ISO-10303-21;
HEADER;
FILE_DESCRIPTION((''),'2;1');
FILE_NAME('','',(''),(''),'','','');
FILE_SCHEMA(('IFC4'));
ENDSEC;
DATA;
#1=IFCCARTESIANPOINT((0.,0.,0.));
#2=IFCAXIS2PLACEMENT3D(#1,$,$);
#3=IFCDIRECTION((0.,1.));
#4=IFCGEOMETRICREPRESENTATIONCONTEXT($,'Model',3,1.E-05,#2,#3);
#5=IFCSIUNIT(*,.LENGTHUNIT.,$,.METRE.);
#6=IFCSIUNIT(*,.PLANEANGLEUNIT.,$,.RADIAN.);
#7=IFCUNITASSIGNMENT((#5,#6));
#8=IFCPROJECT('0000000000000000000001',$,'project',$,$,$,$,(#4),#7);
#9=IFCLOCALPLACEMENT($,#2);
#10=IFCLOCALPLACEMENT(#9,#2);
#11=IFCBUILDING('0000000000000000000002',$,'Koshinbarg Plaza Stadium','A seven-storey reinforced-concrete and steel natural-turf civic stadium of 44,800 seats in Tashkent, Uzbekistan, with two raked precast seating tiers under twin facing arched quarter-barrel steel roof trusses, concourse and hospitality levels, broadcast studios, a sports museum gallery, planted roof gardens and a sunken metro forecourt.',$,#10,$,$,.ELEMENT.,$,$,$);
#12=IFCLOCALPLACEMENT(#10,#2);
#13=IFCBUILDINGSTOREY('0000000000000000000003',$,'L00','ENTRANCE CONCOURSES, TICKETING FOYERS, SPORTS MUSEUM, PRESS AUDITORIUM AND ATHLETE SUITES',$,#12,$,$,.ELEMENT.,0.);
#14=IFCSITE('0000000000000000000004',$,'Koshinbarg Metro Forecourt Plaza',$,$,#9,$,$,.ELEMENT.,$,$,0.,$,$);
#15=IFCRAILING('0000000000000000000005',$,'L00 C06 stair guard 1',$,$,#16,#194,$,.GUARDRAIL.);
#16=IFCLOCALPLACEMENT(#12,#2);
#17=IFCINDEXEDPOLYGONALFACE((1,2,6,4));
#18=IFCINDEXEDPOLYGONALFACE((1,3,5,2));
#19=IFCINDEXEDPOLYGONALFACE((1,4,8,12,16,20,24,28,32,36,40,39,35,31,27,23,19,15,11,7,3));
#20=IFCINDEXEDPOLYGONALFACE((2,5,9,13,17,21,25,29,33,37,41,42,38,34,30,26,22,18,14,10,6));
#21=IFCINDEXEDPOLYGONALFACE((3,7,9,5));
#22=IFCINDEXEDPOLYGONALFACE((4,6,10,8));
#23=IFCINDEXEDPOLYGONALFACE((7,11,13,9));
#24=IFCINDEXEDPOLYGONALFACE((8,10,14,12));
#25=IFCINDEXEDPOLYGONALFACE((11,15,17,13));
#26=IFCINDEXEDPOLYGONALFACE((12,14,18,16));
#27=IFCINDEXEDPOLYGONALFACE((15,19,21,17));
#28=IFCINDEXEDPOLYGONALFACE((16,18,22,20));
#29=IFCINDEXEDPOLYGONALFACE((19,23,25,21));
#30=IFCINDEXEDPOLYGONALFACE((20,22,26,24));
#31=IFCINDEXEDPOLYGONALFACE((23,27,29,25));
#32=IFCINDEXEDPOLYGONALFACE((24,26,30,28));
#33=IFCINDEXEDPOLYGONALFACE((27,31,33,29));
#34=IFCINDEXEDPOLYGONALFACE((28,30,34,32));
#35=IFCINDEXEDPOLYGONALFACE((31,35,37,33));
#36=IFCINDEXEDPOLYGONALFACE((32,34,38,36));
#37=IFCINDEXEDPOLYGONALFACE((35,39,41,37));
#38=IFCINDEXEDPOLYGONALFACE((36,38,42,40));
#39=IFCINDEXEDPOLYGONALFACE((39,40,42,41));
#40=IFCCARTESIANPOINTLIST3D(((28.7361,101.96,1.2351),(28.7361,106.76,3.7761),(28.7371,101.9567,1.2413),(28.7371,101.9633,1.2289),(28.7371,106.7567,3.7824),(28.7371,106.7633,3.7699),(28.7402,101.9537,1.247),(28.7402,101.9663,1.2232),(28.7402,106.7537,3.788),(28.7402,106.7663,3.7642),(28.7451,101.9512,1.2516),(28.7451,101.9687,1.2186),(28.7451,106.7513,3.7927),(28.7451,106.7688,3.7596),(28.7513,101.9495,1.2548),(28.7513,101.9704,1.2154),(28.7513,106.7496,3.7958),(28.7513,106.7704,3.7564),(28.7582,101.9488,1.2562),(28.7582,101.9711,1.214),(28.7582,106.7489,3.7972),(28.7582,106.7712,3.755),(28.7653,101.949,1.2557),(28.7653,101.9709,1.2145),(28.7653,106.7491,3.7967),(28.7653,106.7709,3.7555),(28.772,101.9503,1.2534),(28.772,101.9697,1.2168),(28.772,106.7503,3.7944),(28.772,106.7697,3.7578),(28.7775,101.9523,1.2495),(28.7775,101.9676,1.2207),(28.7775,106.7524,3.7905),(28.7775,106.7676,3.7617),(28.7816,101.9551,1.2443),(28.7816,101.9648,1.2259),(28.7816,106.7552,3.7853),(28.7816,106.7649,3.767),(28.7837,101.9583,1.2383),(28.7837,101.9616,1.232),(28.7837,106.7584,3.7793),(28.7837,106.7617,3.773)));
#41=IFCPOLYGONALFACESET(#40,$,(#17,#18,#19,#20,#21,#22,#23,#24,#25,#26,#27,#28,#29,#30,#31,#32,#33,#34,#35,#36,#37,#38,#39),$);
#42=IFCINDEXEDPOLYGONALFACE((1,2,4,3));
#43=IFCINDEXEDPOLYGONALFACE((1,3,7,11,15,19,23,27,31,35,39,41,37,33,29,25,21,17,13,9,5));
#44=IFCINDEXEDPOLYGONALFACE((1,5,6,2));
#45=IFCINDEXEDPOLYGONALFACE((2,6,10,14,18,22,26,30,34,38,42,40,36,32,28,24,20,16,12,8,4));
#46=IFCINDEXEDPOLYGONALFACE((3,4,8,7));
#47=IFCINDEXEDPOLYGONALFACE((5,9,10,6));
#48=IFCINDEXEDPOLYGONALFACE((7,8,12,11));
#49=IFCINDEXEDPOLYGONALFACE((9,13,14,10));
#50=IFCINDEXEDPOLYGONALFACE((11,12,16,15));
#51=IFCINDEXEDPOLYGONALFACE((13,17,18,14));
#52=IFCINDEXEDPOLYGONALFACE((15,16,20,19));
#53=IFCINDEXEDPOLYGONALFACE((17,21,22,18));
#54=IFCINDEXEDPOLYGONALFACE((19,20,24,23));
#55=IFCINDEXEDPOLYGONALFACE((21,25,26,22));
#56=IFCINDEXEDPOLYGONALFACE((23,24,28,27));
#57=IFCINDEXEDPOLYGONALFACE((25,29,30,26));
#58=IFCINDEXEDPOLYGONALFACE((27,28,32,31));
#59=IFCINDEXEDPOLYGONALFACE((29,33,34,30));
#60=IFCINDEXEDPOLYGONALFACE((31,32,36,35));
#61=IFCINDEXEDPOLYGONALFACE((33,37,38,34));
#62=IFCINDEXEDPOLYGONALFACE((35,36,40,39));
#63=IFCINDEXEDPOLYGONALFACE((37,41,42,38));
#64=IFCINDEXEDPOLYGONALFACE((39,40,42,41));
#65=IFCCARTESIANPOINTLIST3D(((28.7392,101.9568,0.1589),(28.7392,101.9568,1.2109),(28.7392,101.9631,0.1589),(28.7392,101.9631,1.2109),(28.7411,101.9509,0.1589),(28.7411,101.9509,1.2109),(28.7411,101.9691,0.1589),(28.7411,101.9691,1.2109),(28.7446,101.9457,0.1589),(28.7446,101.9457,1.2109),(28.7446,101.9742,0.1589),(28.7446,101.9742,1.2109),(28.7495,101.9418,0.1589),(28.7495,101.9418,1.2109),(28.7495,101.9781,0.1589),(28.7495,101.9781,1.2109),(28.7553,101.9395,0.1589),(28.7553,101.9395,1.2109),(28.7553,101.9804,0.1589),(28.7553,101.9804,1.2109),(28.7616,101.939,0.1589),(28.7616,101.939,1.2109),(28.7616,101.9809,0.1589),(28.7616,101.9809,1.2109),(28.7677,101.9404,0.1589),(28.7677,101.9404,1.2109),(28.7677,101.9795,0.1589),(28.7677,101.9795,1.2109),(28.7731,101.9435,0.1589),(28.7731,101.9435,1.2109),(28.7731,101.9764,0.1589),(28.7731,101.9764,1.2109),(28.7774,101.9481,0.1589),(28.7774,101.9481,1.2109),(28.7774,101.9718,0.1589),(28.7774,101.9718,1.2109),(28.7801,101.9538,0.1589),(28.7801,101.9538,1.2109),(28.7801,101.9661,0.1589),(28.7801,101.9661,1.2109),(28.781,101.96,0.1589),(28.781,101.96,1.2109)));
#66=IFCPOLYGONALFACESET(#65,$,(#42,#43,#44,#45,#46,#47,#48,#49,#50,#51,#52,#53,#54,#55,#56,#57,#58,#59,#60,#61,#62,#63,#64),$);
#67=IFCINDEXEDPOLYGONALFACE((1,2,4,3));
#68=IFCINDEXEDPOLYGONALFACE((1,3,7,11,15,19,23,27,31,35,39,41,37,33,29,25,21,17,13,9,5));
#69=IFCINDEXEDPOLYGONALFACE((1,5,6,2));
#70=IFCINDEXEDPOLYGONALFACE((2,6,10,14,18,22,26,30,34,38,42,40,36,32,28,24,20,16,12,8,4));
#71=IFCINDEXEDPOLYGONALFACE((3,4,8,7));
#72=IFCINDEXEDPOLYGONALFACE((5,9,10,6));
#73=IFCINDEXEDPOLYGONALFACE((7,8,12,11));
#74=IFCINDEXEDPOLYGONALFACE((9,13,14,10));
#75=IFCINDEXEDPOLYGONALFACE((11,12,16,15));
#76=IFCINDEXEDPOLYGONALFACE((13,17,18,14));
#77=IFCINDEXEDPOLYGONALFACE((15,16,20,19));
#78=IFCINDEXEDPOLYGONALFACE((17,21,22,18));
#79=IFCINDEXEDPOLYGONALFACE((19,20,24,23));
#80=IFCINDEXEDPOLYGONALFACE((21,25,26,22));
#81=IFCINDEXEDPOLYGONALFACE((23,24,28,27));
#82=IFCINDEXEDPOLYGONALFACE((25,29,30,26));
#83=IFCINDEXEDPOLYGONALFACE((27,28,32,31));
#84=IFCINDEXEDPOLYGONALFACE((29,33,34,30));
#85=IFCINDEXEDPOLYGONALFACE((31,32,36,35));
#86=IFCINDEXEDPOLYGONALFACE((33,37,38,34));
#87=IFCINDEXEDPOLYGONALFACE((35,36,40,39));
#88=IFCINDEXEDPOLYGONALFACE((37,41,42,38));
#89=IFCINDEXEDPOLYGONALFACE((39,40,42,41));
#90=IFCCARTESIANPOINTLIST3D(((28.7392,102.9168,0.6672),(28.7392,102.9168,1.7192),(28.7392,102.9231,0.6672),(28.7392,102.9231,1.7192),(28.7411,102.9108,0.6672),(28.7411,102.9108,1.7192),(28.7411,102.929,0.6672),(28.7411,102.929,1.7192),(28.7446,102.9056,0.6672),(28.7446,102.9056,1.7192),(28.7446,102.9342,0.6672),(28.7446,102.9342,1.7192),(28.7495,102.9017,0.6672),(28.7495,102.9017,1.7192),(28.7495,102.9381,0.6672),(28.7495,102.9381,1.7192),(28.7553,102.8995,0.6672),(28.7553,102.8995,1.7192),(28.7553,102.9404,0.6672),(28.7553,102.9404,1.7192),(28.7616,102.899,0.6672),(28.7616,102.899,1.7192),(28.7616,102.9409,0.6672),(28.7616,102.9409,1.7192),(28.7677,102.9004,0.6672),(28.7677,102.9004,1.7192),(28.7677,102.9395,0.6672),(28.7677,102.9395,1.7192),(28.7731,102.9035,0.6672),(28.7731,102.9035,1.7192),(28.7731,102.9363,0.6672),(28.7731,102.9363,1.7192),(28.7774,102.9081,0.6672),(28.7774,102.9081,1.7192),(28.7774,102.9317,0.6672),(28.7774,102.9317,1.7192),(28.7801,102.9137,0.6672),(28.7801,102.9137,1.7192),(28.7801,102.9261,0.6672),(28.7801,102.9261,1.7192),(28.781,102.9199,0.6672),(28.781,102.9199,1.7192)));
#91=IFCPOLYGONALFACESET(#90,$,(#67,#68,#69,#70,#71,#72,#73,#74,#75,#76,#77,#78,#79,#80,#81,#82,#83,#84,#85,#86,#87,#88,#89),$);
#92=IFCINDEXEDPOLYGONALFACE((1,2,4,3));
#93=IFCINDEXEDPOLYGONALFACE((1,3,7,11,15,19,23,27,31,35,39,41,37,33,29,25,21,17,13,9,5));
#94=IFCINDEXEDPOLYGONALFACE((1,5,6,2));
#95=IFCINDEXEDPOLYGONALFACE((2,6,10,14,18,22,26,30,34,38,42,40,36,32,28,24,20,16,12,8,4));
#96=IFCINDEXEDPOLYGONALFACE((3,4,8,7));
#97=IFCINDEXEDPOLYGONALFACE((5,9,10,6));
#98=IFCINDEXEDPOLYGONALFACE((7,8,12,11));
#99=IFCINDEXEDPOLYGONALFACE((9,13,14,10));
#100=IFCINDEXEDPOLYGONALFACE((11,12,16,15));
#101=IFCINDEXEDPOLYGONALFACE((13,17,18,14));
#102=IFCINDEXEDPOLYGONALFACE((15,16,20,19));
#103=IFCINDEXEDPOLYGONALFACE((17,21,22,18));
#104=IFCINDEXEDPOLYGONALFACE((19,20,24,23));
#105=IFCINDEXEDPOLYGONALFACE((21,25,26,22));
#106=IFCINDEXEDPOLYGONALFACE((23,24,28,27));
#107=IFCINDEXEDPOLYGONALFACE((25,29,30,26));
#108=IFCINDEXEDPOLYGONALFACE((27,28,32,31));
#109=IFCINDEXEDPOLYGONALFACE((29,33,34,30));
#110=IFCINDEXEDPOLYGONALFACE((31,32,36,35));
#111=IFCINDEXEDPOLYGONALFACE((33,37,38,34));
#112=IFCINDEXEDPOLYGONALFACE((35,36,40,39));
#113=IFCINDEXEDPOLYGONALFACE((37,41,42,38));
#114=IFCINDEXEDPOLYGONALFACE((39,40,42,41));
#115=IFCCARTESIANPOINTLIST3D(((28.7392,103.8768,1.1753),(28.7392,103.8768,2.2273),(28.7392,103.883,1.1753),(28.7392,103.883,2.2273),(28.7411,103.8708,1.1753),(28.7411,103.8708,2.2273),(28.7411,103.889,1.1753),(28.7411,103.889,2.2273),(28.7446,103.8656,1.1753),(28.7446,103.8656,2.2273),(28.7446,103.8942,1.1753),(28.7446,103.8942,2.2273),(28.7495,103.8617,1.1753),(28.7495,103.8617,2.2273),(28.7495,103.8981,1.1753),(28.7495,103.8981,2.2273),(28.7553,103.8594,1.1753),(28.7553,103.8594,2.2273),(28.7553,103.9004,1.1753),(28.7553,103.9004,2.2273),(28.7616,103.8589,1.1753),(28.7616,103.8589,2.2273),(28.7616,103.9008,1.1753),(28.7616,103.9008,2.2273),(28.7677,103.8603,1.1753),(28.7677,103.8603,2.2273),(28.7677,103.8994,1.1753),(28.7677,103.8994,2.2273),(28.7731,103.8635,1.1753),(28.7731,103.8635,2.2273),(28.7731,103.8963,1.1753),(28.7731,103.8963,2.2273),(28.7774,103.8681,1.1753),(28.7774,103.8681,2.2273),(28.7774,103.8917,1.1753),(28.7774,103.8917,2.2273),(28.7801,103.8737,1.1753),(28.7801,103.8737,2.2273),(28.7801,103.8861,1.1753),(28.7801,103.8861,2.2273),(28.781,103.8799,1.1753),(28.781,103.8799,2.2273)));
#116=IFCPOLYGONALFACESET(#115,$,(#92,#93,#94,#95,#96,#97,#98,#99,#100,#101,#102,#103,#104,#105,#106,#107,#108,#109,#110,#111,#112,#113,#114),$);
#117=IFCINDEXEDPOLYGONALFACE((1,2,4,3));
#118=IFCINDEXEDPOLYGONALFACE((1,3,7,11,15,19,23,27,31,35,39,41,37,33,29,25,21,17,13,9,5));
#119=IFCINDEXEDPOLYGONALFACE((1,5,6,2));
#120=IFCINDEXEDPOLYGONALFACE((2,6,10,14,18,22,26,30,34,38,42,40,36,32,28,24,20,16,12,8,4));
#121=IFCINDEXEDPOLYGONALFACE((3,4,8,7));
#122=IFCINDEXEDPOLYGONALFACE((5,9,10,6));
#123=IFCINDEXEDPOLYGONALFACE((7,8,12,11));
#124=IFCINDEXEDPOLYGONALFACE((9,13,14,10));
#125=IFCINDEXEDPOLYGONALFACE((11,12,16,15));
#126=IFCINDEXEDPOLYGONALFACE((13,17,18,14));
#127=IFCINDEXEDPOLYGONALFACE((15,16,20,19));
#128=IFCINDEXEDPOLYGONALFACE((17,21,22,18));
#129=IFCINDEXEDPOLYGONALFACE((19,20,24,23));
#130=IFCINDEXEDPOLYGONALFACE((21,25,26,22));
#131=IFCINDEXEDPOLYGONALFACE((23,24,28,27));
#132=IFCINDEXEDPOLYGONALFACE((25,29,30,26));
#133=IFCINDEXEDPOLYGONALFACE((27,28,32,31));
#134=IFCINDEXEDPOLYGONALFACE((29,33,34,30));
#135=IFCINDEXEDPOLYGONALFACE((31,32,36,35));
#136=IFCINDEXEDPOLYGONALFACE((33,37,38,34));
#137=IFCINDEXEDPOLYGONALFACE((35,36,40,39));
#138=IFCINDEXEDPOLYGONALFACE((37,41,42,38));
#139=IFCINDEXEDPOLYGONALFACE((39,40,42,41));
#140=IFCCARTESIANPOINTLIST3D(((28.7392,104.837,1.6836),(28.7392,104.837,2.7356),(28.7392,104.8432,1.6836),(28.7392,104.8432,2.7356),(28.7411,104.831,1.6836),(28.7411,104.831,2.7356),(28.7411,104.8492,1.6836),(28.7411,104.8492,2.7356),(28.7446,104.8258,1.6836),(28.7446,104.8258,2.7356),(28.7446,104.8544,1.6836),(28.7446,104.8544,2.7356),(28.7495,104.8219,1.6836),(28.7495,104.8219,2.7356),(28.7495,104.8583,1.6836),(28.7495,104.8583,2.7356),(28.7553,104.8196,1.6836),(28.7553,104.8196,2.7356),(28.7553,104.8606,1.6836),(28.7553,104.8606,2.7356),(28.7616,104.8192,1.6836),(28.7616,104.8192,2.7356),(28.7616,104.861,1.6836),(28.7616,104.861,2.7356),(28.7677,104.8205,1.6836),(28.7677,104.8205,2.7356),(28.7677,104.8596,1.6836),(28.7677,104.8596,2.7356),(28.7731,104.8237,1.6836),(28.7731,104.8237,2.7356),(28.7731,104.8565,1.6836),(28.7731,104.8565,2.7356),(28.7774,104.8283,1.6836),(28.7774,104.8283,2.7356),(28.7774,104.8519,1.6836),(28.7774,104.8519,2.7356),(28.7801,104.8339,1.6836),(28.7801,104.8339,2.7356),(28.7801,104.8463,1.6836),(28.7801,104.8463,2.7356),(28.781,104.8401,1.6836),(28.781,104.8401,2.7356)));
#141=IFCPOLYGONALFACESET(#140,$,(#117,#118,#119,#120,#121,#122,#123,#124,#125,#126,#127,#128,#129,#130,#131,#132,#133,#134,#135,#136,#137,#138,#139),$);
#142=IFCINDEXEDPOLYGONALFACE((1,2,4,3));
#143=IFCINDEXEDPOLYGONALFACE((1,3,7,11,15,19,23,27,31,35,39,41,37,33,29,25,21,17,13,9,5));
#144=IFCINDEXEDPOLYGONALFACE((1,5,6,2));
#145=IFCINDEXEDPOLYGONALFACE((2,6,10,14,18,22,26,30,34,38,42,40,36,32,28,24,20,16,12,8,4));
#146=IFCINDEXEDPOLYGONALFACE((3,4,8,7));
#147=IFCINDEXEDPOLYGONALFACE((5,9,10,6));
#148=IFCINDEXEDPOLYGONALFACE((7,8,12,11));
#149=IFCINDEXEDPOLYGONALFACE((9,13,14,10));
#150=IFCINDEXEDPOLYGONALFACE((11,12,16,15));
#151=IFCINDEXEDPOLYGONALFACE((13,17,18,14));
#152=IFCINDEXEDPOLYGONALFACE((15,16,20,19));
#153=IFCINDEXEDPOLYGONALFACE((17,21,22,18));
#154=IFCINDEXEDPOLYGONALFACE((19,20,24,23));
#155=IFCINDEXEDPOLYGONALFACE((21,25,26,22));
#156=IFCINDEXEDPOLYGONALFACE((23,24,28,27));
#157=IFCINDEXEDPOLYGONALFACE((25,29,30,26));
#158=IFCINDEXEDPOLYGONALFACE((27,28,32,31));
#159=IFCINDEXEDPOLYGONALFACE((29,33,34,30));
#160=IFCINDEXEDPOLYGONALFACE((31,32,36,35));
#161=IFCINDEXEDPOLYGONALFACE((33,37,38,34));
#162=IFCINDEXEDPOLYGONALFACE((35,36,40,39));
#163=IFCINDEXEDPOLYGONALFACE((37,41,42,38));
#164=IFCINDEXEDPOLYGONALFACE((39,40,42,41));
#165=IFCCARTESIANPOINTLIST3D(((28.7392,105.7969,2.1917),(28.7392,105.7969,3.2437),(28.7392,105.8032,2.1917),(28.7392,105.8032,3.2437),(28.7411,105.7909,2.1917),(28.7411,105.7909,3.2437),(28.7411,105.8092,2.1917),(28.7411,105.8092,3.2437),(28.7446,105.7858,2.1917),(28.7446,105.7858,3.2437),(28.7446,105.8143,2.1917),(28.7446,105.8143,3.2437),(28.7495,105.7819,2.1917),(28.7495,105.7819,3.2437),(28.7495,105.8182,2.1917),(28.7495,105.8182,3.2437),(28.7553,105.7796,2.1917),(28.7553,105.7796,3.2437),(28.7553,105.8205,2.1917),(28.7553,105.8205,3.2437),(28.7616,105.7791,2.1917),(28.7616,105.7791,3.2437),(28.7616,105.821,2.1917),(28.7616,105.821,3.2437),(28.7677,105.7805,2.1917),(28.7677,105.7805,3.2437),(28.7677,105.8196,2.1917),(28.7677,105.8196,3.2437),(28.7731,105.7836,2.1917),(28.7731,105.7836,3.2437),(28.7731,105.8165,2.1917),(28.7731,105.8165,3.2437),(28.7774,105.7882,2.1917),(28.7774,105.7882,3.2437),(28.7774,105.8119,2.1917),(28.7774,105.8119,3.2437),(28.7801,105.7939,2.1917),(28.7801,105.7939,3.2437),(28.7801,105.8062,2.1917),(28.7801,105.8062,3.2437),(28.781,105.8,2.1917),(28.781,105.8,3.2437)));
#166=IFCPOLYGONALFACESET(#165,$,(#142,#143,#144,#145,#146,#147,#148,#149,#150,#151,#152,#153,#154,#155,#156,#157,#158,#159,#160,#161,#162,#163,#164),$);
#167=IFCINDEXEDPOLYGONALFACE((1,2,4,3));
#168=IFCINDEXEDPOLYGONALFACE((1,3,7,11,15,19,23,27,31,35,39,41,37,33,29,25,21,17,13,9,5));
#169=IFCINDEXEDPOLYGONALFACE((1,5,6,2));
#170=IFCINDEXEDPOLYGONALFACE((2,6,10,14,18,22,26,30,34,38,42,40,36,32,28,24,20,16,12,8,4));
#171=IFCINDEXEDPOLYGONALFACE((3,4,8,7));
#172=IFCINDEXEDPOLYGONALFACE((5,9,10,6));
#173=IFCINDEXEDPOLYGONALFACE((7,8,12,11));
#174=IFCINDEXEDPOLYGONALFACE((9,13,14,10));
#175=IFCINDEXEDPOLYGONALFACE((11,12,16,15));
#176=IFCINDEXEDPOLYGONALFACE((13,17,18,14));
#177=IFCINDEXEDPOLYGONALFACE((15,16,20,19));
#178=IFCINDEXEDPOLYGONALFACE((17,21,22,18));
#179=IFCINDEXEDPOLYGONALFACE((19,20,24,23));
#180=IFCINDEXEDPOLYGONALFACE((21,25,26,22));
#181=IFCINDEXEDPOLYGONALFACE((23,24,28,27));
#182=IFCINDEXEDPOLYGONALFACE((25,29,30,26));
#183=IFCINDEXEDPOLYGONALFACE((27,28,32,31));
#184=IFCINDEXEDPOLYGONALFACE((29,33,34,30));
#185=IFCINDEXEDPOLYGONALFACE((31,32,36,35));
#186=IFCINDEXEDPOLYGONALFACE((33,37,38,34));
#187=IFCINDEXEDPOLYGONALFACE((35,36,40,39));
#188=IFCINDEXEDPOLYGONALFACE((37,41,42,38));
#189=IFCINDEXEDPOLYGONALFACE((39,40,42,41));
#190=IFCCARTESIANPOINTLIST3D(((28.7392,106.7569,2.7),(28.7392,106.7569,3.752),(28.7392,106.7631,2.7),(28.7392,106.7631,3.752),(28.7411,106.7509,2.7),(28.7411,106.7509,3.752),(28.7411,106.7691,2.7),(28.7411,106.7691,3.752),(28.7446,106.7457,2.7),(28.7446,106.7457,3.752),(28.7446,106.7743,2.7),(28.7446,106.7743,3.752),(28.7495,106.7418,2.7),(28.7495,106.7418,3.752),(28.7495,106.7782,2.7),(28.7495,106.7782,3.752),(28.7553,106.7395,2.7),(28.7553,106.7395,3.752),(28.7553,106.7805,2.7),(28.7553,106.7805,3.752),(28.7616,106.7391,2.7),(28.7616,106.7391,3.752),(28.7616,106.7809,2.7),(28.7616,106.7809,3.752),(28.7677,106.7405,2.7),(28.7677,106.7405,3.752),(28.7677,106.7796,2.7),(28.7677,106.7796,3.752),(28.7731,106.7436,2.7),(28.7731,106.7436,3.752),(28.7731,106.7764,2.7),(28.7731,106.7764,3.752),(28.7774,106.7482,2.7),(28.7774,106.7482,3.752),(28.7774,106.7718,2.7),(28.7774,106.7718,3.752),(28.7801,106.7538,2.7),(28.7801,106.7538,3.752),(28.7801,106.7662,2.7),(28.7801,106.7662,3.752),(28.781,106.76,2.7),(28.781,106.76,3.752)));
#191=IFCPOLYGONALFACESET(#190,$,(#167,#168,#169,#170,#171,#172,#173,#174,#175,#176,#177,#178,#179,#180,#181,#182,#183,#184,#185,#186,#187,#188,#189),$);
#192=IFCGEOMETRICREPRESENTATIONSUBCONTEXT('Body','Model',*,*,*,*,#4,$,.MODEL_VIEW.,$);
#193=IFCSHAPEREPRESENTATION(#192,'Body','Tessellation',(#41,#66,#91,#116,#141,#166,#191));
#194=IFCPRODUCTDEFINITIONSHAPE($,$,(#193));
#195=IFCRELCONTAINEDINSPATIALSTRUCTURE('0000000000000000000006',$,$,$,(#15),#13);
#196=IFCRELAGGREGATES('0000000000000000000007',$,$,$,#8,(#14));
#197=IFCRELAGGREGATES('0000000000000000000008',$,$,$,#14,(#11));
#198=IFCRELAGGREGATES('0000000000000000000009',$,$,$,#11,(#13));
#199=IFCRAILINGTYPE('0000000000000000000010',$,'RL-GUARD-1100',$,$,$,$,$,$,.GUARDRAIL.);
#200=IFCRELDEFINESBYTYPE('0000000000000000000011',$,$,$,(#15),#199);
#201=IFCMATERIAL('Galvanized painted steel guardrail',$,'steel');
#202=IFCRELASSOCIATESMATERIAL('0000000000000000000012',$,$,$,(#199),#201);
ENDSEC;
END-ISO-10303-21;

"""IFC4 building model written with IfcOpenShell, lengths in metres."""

from ifc_helpers import new_model, si_unit, direction, frame, origin, origin_2d, place, context, subcontext, project, spatial, circle, extrude, material, type_object, element, save


model = new_model("IFC4")

# Units and contexts
model_context = context("Model", 3, precision=1e-05, world=origin(), true_north=direction((0.0, 1.0)))
body_context = subcontext(model_context, "Body", "Model", "MODEL_VIEW")
ifc_project = project(units=[si_unit("LENGTHUNIT", "METRE"), si_unit("PLANEANGLEUNIT", "RADIAN")], contexts=[model_context])

# Site, building, storey
site_placement = place(None, origin())
site = spatial("IfcSite", under=ifc_project, at=site_placement, Name="Koshinbarg Metro Forecourt Plaza", CompositionType="ELEMENT", RefElevation=0.0)
building_placement = place(site_placement, origin())
building = spatial("IfcBuilding", under=site, at=building_placement, Name="Koshinbarg Plaza Stadium", Description="A seven-storey reinforced-concrete and steel natural-turf civic stadium of 44,800 seats in Tashkent, Uzbekistan, with two raked precast seating tiers under twin facing arched quarter-barrel steel roof trusses, concourse and hospitality levels, broadcast studios, a sports museum gallery, planted roof gardens and a sunken metro forecourt.", CompositionType="ELEMENT")
storey_placement = place(building_placement, origin())
storey = spatial("IfcBuildingStorey", under=building, at=storey_placement, Name="L00", Description="ENTRANCE CONCOURSES, TICKETING FOYERS, SPORTS MUSEUM, PRESS AUDITORIUM AND ATHLETE SUITES", CompositionType="ELEMENT", Elevation=0.0)

# Railing
ifc_material_1 = material(Name="Galvanized painted steel guardrail", Category="steel")
railing_type_1 = type_object("IfcRailingType", Name="RL-GUARD-1100", PredefinedType="GUARDRAIL", material=ifc_material_1)
railing_1_placement = place(storey_placement, frame((28.76, 101.96, 0.1589)))
element("IfcRailing", 1, at=railing_1_placement, inside=storey, type_object=railing_type_1, Name="L00 C06 stair guard 1", PredefinedType="GUARDRAIL", context=body_context, shape_type="SweptSolid", body=[
    extrude(circle(Radius=0.0239, at=origin_2d()), frame((0.0, 0.0, 1.0762), z_axis=(0.0, 0.883802, 0.467861), x_axis=(-1.0, 0.0, 0.0)), (0.0, 0.0, 1.0), 5.4312),
    extrude(circle(Radius=0.021, at=origin_2d()), origin(), (0.0, 0.0, 1.0), 1.052),
    extrude(circle(Radius=0.021, at=origin_2d()), frame((0.0, 0.96, 0.5083)), (0.0, 0.0, 1.0), 1.052),
    extrude(circle(Radius=0.021, at=origin_2d()), frame((0.0, 1.9199, 1.0164)), (0.0, 0.0, 1.0), 1.052),
    extrude(circle(Radius=0.021, at=origin_2d()), frame((0.0, 2.8801, 1.5247)), (0.0, 0.0, 1.0), 1.052),
    extrude(circle(Radius=0.021, at=origin_2d()), frame((0.0, 3.8401, 2.0327)), (0.0, 0.0, 1.0), 1.052),
    extrude(circle(Radius=0.021, at=origin_2d()), frame((0.0, 4.8, 2.541)), (0.0, 0.0, 1.0), 1.052),
])

save(model, "model.ifc")
